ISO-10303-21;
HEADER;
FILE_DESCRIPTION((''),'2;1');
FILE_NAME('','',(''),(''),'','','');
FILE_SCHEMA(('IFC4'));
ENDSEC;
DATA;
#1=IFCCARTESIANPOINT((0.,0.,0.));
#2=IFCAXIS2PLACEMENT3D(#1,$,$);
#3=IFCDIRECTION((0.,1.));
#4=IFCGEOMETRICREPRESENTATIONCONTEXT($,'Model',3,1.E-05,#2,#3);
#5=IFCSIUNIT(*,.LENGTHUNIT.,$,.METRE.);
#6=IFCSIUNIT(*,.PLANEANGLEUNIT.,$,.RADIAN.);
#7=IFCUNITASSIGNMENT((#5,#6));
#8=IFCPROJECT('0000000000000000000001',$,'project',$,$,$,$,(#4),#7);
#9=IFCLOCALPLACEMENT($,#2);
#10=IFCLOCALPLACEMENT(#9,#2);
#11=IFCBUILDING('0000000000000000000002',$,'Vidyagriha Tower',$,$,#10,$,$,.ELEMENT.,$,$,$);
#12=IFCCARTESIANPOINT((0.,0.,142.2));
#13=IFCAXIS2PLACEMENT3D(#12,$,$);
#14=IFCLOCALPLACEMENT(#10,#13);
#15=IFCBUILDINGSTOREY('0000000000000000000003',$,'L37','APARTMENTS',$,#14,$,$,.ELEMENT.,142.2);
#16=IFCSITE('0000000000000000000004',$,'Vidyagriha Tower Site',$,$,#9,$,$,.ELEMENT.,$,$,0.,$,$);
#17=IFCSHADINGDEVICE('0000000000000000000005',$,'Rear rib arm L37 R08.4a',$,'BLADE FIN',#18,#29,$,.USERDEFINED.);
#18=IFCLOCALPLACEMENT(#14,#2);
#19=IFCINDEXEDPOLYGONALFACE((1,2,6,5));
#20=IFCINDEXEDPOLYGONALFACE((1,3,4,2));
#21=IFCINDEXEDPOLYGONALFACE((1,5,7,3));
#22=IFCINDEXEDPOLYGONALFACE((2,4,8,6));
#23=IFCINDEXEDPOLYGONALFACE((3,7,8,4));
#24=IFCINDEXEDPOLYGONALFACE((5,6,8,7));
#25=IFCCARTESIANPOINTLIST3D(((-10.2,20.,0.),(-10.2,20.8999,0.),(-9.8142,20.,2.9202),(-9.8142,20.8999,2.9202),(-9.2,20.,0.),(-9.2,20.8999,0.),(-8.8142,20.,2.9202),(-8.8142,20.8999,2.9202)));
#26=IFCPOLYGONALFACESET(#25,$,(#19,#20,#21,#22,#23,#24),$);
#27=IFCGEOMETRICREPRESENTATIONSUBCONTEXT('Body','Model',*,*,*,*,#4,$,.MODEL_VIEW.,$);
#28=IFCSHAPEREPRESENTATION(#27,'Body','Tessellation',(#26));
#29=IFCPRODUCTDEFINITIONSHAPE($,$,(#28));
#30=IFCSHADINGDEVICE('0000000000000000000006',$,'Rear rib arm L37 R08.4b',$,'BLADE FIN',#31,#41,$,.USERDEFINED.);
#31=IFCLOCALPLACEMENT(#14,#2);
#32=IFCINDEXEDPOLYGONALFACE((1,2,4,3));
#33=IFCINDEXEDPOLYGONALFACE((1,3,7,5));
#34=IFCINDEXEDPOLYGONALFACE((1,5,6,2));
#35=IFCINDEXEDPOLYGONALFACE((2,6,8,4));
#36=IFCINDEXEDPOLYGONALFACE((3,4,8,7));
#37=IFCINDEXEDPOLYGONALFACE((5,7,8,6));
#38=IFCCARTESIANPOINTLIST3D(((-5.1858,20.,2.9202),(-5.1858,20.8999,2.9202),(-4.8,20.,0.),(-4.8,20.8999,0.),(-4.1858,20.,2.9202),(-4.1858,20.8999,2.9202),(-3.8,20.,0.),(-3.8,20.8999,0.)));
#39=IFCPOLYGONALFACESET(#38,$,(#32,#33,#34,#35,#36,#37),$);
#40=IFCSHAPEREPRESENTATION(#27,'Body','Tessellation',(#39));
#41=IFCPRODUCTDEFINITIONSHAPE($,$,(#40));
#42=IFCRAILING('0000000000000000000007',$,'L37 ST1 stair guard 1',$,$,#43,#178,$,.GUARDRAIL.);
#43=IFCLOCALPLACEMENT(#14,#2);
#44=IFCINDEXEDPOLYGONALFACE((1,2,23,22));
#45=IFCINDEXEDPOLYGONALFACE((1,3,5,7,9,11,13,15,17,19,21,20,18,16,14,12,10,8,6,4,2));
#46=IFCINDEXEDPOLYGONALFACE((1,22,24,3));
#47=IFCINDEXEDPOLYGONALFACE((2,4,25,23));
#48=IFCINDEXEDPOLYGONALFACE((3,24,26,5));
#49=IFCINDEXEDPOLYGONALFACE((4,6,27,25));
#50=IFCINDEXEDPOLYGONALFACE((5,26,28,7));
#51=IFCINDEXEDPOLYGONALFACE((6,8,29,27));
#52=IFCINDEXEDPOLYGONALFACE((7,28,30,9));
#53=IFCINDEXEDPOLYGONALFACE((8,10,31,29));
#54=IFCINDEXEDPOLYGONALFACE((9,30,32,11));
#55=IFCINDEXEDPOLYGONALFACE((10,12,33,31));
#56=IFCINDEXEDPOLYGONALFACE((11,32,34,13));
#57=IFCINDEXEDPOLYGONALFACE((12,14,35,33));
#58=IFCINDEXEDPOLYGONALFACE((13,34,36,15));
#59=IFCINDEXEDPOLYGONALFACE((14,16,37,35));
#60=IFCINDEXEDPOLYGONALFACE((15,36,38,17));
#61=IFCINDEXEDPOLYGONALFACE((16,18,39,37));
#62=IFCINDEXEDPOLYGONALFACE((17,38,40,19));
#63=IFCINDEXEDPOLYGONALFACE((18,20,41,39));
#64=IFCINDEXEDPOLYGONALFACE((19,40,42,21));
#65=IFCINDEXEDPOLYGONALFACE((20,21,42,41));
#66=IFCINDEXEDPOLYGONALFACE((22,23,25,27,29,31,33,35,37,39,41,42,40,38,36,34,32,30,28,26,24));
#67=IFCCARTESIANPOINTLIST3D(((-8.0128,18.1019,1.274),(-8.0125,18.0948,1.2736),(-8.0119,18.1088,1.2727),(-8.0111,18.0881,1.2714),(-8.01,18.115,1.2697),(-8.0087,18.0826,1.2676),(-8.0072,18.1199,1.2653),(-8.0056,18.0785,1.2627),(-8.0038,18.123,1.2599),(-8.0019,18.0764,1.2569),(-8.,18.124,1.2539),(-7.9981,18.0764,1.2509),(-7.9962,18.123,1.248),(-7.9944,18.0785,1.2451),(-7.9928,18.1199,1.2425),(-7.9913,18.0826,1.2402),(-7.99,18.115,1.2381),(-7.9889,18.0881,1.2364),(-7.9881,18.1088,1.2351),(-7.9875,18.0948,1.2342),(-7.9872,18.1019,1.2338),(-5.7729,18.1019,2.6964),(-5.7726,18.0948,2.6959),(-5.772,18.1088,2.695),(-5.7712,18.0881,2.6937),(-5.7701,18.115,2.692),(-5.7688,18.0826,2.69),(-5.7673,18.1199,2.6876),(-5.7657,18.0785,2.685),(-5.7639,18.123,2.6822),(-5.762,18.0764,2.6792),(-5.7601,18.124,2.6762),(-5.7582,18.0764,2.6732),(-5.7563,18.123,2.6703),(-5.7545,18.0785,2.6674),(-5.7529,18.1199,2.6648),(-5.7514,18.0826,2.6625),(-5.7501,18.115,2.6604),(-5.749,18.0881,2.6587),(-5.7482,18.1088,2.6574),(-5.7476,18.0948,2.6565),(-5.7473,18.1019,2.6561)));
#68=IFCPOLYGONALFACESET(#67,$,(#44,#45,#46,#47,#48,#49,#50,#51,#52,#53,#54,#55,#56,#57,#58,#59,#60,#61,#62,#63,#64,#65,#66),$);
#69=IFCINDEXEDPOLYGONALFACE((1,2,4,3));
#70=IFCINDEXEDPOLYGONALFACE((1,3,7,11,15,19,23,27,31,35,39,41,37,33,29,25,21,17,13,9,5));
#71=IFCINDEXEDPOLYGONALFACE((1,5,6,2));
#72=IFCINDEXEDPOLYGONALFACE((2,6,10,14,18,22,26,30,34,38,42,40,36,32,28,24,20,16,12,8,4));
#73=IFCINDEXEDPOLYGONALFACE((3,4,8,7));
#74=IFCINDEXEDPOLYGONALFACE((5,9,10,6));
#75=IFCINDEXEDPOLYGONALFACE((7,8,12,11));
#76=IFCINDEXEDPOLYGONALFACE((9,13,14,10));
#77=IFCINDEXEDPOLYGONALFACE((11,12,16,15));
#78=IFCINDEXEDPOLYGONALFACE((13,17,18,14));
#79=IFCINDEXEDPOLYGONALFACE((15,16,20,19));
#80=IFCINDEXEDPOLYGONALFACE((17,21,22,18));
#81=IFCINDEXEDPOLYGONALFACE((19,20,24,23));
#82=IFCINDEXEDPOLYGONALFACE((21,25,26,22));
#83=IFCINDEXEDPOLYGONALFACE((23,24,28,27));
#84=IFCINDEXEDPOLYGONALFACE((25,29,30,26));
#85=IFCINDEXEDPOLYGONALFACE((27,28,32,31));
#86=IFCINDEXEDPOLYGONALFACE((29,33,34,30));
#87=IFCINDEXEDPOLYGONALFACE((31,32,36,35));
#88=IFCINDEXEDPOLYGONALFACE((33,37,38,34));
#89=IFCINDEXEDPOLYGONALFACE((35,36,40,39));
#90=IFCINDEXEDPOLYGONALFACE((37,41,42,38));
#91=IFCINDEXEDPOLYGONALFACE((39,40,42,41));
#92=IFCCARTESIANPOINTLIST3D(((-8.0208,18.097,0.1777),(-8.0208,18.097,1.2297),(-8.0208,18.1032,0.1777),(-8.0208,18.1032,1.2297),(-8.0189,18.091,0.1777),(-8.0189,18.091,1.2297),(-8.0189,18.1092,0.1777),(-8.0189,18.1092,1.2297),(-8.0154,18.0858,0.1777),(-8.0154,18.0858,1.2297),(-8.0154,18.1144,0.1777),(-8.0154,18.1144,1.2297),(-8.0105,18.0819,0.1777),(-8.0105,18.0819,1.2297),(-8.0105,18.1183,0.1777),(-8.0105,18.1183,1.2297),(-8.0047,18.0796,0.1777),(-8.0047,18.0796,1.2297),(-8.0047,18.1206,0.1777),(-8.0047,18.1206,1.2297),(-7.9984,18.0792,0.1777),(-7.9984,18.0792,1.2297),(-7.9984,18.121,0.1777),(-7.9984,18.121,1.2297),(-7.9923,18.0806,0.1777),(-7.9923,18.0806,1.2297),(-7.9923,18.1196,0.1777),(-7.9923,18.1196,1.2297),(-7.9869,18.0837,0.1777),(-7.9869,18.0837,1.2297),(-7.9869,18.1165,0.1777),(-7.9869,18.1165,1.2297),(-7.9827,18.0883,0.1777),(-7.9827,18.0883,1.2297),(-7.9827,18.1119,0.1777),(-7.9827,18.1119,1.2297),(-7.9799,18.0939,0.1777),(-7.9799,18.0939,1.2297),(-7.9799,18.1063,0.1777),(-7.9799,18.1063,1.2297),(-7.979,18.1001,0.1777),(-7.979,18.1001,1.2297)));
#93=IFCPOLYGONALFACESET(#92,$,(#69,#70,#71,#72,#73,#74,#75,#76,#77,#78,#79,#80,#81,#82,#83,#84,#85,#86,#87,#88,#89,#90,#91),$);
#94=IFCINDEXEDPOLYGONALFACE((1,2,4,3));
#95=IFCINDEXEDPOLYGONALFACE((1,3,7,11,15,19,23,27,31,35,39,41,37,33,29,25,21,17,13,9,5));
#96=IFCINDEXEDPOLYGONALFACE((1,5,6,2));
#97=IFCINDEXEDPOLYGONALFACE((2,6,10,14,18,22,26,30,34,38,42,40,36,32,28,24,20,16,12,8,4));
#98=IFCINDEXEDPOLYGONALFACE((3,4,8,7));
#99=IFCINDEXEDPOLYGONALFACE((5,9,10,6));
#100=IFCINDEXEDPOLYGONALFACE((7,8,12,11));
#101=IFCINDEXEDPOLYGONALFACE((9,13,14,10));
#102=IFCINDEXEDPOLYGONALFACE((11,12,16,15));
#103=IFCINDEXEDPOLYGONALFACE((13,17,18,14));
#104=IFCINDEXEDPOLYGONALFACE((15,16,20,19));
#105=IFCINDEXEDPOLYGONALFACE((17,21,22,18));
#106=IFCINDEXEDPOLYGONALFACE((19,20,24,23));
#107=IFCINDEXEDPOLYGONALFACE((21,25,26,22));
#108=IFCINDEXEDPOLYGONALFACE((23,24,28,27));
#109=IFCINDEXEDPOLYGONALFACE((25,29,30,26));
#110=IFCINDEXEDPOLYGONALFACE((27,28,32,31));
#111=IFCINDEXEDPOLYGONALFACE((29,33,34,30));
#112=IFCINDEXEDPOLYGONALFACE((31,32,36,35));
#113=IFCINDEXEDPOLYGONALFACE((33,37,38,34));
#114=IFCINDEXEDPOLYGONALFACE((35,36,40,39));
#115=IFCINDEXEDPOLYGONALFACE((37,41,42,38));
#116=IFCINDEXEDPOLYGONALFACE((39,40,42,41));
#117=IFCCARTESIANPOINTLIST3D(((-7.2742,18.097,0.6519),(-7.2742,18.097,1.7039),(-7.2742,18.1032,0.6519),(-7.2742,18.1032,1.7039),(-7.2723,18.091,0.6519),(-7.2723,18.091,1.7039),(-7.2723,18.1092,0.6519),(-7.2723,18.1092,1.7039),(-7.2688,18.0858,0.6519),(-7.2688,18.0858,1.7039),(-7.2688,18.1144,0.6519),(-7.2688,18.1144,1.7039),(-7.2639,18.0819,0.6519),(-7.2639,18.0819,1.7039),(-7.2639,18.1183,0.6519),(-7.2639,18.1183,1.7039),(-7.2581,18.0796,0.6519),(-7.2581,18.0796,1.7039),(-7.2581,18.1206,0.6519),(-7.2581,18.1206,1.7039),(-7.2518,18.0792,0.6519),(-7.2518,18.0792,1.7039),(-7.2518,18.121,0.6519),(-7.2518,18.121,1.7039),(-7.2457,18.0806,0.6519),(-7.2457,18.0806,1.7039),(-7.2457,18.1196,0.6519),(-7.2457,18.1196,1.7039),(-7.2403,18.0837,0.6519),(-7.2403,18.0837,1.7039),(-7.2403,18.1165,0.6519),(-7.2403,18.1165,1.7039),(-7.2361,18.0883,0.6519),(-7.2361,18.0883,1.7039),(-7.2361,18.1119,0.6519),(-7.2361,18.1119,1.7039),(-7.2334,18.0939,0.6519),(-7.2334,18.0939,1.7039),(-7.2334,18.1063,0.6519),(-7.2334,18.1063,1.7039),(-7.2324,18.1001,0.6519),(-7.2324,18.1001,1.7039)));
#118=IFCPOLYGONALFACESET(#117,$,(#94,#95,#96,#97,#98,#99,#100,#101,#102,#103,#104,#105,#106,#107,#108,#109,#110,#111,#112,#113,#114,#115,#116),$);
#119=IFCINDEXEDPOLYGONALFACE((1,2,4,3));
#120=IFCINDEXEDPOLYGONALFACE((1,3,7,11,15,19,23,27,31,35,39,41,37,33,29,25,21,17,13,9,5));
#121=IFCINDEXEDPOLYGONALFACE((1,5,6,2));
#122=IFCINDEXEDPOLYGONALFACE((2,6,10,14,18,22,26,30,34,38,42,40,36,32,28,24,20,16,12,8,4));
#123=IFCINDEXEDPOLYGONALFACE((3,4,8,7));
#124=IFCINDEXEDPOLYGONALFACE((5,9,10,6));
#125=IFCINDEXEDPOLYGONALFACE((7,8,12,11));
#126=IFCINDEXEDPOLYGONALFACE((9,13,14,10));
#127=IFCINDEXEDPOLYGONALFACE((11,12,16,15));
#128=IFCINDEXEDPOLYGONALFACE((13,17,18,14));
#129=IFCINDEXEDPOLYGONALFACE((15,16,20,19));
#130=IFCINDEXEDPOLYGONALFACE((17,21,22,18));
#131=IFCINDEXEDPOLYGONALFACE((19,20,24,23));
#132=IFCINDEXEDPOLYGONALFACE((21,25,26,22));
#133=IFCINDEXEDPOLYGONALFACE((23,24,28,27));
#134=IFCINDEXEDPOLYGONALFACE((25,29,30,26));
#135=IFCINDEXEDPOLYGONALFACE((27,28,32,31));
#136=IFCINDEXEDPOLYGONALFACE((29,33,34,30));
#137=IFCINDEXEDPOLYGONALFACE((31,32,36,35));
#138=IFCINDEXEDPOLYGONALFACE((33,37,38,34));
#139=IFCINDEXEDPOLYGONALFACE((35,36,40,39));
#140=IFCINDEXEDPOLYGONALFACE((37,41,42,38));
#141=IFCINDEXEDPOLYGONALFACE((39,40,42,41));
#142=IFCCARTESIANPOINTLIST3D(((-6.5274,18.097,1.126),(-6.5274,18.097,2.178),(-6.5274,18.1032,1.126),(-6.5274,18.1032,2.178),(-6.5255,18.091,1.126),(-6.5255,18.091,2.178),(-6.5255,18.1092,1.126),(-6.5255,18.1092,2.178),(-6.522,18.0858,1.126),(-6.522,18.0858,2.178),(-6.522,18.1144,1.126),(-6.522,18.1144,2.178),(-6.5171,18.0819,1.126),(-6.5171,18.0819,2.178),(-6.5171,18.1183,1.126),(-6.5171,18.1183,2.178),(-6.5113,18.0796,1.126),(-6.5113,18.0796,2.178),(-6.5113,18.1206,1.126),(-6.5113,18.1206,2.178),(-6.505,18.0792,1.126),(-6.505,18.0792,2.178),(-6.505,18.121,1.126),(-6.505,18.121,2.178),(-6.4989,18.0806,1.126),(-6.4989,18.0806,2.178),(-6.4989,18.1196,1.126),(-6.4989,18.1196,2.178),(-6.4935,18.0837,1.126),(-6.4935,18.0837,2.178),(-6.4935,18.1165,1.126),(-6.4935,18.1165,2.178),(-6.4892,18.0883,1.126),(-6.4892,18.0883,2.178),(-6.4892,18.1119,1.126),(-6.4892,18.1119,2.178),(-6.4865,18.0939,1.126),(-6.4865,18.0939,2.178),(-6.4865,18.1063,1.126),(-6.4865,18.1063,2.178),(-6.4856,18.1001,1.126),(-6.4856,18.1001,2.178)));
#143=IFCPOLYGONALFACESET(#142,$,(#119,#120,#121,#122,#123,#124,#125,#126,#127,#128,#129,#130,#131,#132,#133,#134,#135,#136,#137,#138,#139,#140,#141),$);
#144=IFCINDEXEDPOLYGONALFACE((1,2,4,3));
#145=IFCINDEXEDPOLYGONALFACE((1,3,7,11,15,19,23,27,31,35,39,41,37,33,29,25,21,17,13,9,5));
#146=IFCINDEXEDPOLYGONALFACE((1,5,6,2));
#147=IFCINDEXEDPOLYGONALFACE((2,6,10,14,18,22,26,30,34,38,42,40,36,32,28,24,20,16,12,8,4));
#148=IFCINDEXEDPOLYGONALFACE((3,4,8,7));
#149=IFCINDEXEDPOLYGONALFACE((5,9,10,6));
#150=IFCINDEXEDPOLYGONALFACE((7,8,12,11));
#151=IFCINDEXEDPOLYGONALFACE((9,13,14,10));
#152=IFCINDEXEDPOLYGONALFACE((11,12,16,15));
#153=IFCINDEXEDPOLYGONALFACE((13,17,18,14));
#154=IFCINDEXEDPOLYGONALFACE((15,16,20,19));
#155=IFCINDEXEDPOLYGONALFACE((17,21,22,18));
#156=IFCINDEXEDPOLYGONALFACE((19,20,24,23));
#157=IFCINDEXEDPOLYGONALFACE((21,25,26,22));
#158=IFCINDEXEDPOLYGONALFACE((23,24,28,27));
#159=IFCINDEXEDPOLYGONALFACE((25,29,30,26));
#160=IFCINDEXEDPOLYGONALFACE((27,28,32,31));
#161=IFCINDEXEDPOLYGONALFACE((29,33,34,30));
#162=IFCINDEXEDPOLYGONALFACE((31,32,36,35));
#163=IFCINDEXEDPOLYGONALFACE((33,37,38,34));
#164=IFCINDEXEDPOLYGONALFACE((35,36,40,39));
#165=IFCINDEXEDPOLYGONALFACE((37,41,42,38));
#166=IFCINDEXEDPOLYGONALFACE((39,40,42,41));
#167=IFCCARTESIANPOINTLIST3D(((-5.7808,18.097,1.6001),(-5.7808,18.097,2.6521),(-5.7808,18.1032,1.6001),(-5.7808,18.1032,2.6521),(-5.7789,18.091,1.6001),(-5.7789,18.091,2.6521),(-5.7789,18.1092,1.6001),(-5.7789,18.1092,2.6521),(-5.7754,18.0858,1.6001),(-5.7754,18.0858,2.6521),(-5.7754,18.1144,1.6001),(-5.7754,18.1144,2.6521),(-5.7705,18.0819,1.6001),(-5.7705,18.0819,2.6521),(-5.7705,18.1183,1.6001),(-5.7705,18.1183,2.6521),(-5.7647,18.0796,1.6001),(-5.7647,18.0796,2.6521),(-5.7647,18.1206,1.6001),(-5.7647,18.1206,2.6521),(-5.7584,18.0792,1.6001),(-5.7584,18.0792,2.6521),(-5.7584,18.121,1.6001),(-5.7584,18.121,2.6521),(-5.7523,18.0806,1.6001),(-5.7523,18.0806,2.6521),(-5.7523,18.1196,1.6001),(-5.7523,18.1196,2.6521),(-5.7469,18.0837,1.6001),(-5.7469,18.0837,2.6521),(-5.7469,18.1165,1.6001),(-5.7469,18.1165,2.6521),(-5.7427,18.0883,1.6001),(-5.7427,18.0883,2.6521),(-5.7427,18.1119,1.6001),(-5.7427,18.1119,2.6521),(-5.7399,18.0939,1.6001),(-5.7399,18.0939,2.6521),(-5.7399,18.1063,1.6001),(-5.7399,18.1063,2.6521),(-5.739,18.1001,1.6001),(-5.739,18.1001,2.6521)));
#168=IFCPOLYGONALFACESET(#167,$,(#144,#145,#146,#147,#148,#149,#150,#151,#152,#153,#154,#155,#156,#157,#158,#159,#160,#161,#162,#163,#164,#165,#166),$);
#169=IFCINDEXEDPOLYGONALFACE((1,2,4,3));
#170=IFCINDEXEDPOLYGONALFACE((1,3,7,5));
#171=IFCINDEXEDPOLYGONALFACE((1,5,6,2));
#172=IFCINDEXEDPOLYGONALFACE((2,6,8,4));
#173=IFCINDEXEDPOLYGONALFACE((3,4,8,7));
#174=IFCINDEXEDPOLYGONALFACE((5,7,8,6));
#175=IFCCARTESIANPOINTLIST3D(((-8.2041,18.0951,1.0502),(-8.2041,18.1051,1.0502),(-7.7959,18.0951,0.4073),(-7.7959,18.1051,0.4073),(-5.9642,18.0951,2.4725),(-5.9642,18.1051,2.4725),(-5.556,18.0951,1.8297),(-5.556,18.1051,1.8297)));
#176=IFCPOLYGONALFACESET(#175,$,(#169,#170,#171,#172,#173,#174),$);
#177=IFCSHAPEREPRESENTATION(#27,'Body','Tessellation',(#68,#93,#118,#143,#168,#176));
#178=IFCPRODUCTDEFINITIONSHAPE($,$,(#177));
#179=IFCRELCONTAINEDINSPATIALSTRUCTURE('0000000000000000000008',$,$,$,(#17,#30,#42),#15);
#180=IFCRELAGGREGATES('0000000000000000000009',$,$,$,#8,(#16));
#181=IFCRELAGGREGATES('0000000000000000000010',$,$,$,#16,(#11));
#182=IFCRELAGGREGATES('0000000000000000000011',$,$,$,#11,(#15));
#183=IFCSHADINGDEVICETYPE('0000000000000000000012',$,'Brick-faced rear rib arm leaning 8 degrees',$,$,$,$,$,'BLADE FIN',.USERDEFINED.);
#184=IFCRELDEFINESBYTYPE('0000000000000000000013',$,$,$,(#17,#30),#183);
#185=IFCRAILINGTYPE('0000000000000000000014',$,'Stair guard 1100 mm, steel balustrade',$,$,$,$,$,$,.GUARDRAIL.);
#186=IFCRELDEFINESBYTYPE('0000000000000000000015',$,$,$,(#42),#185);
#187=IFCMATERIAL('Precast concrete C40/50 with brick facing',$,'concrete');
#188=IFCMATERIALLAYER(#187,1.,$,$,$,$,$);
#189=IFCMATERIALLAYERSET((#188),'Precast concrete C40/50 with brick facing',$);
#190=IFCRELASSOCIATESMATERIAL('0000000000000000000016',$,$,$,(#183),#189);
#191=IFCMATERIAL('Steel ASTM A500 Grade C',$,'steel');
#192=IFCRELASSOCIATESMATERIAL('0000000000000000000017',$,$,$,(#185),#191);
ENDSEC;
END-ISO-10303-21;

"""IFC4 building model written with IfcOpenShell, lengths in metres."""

from ifc_helpers import new_model, si_unit, direction, frame, origin, origin_2d, place, context, subcontext, project, spatial, polyline, rectangle, circle, outline, extrude, material, layer, layer_set, type_object, element, save


model = new_model("IFC4")

# Units and contexts
model_context = context("Model", 3, precision=1e-05, world=origin(), true_north=direction((0.0, 1.0)))
body_context = subcontext(model_context, "Body", "Model", "MODEL_VIEW")
ifc_project = project(units=[si_unit("LENGTHUNIT", "METRE"), si_unit("PLANEANGLEUNIT", "RADIAN")], contexts=[model_context])

# Site, building, storey
site_placement = place(None, origin())
site = spatial("IfcSite", under=ifc_project, at=site_placement, Name="Vidyagriha Tower Site", CompositionType="ELEMENT", RefElevation=0.0)
building_placement = place(site_placement, origin())
building = spatial("IfcBuilding", under=site, at=building_placement, Name="Vidyagriha Tower", CompositionType="ELEMENT")
storey_placement = place(building_placement, frame((0.0, 0.0, 142.2)))
storey = spatial("IfcBuildingStorey", under=building, at=storey_placement, Name="L37", Description="APARTMENTS", CompositionType="ELEMENT", Elevation=142.2)

# Shading devices
ifc_material_1 = material(Name="Precast concrete C40/50 with brick facing", Category="concrete")
ifc_layer_1 = layer(ifc_material_1, 1.0)
ifc_layer_set_1 = layer_set([ifc_layer_1], Name="Precast concrete C40/50 with brick facing")
shading_device_type = type_object("IfcShadingDeviceType", Name="Brick-faced rear rib arm leaning 8 degrees", ElementType="BLADE FIN", PredefinedType="USERDEFINED", material=ifc_layer_set_1)
shading_device_1_placement = place(storey_placement, frame((-8.8142, 20.45, 0.0), z_axis=(0.0, 0.0, 1.0), x_axis=(-1.0, 0.0, 0.0)))
element("IfcShadingDevice", 1, at=shading_device_1_placement, inside=storey, type_object=shading_device_type, Name="Rear rib arm L37 R08.4a", ObjectType="BLADE FIN", PredefinedType="USERDEFINED", context=body_context, shape_type="SweptSolid", body=[
    extrude(outline(polyline([(0.3857, 0.0), (1.3857, 0.0), (1.0, 2.9202), (0.0, 2.9202), (0.3857, 0.0)])), frame((0.0, 0.45, 0.0), z_axis=(0.0, -1.0, 0.0), x_axis=(1.0, 0.0, 0.0)), (0.0, 0.0, 1.0), 0.8999),
])
shading_device_2_placement = place(storey_placement, frame((-3.8, 20.45, 0.0), z_axis=(0.0, 0.0, 1.0), x_axis=(-1.0, 0.0, 0.0)))
element("IfcShadingDevice", 2, at=shading_device_2_placement, inside=storey, type_object=shading_device_type, Name="Rear rib arm L37 R08.4b", ObjectType="BLADE FIN", PredefinedType="USERDEFINED", context=body_context, shape_type="SweptSolid", body=[
    extrude(outline(polyline([(0.0, 0.0), (1.0, 0.0), (1.3857, 2.9202), (0.3857, 2.9202), (0.0, 0.0)])), frame((0.0, 0.45, 0.0), z_axis=(0.0, -1.0, 0.0), x_axis=(1.0, 0.0, 0.0)), (0.0, 0.0, 1.0), 0.8999),
])

# Railing
ifc_material_2 = material(Name="Steel ASTM A500 Grade C", Category="steel")
railing_type_1 = type_object("IfcRailingType", Name="Stair guard 1100 mm, steel balustrade", PredefinedType="GUARDRAIL", material=ifc_material_2)
railing_1_placement = place(storey_placement, frame((-8.0, 18.1001, 0.1777)))
element("IfcRailing", 3, at=railing_1_placement, inside=storey, type_object=railing_type_1, Name="L37 ST1 stair guard 1", PredefinedType="GUARDRAIL", context=body_context, shape_type="SweptSolid", body=[
    extrude(circle(Radius=0.0239, at=origin_2d()), frame((0.0, 0.0, 1.0762), z_axis=(0.844188, 0.0, 0.536048), x_axis=(0.0, 1.0, 0.0)), (0.0, 0.0, 1.0), 2.6533),
    extrude(circle(Radius=0.021, at=origin_2d()), origin(), (0.0, 0.0, 1.0), 1.052),
    extrude(circle(Radius=0.021, at=origin_2d()), frame((0.7466, 0.0, 0.4741)), (0.0, 0.0, 1.0), 1.052),
    extrude(circle(Radius=0.021, at=origin_2d()), frame((1.4934, 0.0, 0.9482)), (0.0, 0.0, 1.0), 1.052),
    extrude(circle(Radius=0.021, at=origin_2d()), frame((2.24, 0.0, 1.4224)), (0.0, 0.0, 1.0), 1.052),
    extrude(rectangle(XDim=0.01, YDim=0.7615, at=origin_2d()), frame((0.0, 0.0, 0.551), z_axis=(0.844188, 0.0, 0.536048), x_axis=(0.0, 1.0, 0.0)), (0.0, 0.0, 1.0), 2.6533),
])

save(model, "model.ifc")
